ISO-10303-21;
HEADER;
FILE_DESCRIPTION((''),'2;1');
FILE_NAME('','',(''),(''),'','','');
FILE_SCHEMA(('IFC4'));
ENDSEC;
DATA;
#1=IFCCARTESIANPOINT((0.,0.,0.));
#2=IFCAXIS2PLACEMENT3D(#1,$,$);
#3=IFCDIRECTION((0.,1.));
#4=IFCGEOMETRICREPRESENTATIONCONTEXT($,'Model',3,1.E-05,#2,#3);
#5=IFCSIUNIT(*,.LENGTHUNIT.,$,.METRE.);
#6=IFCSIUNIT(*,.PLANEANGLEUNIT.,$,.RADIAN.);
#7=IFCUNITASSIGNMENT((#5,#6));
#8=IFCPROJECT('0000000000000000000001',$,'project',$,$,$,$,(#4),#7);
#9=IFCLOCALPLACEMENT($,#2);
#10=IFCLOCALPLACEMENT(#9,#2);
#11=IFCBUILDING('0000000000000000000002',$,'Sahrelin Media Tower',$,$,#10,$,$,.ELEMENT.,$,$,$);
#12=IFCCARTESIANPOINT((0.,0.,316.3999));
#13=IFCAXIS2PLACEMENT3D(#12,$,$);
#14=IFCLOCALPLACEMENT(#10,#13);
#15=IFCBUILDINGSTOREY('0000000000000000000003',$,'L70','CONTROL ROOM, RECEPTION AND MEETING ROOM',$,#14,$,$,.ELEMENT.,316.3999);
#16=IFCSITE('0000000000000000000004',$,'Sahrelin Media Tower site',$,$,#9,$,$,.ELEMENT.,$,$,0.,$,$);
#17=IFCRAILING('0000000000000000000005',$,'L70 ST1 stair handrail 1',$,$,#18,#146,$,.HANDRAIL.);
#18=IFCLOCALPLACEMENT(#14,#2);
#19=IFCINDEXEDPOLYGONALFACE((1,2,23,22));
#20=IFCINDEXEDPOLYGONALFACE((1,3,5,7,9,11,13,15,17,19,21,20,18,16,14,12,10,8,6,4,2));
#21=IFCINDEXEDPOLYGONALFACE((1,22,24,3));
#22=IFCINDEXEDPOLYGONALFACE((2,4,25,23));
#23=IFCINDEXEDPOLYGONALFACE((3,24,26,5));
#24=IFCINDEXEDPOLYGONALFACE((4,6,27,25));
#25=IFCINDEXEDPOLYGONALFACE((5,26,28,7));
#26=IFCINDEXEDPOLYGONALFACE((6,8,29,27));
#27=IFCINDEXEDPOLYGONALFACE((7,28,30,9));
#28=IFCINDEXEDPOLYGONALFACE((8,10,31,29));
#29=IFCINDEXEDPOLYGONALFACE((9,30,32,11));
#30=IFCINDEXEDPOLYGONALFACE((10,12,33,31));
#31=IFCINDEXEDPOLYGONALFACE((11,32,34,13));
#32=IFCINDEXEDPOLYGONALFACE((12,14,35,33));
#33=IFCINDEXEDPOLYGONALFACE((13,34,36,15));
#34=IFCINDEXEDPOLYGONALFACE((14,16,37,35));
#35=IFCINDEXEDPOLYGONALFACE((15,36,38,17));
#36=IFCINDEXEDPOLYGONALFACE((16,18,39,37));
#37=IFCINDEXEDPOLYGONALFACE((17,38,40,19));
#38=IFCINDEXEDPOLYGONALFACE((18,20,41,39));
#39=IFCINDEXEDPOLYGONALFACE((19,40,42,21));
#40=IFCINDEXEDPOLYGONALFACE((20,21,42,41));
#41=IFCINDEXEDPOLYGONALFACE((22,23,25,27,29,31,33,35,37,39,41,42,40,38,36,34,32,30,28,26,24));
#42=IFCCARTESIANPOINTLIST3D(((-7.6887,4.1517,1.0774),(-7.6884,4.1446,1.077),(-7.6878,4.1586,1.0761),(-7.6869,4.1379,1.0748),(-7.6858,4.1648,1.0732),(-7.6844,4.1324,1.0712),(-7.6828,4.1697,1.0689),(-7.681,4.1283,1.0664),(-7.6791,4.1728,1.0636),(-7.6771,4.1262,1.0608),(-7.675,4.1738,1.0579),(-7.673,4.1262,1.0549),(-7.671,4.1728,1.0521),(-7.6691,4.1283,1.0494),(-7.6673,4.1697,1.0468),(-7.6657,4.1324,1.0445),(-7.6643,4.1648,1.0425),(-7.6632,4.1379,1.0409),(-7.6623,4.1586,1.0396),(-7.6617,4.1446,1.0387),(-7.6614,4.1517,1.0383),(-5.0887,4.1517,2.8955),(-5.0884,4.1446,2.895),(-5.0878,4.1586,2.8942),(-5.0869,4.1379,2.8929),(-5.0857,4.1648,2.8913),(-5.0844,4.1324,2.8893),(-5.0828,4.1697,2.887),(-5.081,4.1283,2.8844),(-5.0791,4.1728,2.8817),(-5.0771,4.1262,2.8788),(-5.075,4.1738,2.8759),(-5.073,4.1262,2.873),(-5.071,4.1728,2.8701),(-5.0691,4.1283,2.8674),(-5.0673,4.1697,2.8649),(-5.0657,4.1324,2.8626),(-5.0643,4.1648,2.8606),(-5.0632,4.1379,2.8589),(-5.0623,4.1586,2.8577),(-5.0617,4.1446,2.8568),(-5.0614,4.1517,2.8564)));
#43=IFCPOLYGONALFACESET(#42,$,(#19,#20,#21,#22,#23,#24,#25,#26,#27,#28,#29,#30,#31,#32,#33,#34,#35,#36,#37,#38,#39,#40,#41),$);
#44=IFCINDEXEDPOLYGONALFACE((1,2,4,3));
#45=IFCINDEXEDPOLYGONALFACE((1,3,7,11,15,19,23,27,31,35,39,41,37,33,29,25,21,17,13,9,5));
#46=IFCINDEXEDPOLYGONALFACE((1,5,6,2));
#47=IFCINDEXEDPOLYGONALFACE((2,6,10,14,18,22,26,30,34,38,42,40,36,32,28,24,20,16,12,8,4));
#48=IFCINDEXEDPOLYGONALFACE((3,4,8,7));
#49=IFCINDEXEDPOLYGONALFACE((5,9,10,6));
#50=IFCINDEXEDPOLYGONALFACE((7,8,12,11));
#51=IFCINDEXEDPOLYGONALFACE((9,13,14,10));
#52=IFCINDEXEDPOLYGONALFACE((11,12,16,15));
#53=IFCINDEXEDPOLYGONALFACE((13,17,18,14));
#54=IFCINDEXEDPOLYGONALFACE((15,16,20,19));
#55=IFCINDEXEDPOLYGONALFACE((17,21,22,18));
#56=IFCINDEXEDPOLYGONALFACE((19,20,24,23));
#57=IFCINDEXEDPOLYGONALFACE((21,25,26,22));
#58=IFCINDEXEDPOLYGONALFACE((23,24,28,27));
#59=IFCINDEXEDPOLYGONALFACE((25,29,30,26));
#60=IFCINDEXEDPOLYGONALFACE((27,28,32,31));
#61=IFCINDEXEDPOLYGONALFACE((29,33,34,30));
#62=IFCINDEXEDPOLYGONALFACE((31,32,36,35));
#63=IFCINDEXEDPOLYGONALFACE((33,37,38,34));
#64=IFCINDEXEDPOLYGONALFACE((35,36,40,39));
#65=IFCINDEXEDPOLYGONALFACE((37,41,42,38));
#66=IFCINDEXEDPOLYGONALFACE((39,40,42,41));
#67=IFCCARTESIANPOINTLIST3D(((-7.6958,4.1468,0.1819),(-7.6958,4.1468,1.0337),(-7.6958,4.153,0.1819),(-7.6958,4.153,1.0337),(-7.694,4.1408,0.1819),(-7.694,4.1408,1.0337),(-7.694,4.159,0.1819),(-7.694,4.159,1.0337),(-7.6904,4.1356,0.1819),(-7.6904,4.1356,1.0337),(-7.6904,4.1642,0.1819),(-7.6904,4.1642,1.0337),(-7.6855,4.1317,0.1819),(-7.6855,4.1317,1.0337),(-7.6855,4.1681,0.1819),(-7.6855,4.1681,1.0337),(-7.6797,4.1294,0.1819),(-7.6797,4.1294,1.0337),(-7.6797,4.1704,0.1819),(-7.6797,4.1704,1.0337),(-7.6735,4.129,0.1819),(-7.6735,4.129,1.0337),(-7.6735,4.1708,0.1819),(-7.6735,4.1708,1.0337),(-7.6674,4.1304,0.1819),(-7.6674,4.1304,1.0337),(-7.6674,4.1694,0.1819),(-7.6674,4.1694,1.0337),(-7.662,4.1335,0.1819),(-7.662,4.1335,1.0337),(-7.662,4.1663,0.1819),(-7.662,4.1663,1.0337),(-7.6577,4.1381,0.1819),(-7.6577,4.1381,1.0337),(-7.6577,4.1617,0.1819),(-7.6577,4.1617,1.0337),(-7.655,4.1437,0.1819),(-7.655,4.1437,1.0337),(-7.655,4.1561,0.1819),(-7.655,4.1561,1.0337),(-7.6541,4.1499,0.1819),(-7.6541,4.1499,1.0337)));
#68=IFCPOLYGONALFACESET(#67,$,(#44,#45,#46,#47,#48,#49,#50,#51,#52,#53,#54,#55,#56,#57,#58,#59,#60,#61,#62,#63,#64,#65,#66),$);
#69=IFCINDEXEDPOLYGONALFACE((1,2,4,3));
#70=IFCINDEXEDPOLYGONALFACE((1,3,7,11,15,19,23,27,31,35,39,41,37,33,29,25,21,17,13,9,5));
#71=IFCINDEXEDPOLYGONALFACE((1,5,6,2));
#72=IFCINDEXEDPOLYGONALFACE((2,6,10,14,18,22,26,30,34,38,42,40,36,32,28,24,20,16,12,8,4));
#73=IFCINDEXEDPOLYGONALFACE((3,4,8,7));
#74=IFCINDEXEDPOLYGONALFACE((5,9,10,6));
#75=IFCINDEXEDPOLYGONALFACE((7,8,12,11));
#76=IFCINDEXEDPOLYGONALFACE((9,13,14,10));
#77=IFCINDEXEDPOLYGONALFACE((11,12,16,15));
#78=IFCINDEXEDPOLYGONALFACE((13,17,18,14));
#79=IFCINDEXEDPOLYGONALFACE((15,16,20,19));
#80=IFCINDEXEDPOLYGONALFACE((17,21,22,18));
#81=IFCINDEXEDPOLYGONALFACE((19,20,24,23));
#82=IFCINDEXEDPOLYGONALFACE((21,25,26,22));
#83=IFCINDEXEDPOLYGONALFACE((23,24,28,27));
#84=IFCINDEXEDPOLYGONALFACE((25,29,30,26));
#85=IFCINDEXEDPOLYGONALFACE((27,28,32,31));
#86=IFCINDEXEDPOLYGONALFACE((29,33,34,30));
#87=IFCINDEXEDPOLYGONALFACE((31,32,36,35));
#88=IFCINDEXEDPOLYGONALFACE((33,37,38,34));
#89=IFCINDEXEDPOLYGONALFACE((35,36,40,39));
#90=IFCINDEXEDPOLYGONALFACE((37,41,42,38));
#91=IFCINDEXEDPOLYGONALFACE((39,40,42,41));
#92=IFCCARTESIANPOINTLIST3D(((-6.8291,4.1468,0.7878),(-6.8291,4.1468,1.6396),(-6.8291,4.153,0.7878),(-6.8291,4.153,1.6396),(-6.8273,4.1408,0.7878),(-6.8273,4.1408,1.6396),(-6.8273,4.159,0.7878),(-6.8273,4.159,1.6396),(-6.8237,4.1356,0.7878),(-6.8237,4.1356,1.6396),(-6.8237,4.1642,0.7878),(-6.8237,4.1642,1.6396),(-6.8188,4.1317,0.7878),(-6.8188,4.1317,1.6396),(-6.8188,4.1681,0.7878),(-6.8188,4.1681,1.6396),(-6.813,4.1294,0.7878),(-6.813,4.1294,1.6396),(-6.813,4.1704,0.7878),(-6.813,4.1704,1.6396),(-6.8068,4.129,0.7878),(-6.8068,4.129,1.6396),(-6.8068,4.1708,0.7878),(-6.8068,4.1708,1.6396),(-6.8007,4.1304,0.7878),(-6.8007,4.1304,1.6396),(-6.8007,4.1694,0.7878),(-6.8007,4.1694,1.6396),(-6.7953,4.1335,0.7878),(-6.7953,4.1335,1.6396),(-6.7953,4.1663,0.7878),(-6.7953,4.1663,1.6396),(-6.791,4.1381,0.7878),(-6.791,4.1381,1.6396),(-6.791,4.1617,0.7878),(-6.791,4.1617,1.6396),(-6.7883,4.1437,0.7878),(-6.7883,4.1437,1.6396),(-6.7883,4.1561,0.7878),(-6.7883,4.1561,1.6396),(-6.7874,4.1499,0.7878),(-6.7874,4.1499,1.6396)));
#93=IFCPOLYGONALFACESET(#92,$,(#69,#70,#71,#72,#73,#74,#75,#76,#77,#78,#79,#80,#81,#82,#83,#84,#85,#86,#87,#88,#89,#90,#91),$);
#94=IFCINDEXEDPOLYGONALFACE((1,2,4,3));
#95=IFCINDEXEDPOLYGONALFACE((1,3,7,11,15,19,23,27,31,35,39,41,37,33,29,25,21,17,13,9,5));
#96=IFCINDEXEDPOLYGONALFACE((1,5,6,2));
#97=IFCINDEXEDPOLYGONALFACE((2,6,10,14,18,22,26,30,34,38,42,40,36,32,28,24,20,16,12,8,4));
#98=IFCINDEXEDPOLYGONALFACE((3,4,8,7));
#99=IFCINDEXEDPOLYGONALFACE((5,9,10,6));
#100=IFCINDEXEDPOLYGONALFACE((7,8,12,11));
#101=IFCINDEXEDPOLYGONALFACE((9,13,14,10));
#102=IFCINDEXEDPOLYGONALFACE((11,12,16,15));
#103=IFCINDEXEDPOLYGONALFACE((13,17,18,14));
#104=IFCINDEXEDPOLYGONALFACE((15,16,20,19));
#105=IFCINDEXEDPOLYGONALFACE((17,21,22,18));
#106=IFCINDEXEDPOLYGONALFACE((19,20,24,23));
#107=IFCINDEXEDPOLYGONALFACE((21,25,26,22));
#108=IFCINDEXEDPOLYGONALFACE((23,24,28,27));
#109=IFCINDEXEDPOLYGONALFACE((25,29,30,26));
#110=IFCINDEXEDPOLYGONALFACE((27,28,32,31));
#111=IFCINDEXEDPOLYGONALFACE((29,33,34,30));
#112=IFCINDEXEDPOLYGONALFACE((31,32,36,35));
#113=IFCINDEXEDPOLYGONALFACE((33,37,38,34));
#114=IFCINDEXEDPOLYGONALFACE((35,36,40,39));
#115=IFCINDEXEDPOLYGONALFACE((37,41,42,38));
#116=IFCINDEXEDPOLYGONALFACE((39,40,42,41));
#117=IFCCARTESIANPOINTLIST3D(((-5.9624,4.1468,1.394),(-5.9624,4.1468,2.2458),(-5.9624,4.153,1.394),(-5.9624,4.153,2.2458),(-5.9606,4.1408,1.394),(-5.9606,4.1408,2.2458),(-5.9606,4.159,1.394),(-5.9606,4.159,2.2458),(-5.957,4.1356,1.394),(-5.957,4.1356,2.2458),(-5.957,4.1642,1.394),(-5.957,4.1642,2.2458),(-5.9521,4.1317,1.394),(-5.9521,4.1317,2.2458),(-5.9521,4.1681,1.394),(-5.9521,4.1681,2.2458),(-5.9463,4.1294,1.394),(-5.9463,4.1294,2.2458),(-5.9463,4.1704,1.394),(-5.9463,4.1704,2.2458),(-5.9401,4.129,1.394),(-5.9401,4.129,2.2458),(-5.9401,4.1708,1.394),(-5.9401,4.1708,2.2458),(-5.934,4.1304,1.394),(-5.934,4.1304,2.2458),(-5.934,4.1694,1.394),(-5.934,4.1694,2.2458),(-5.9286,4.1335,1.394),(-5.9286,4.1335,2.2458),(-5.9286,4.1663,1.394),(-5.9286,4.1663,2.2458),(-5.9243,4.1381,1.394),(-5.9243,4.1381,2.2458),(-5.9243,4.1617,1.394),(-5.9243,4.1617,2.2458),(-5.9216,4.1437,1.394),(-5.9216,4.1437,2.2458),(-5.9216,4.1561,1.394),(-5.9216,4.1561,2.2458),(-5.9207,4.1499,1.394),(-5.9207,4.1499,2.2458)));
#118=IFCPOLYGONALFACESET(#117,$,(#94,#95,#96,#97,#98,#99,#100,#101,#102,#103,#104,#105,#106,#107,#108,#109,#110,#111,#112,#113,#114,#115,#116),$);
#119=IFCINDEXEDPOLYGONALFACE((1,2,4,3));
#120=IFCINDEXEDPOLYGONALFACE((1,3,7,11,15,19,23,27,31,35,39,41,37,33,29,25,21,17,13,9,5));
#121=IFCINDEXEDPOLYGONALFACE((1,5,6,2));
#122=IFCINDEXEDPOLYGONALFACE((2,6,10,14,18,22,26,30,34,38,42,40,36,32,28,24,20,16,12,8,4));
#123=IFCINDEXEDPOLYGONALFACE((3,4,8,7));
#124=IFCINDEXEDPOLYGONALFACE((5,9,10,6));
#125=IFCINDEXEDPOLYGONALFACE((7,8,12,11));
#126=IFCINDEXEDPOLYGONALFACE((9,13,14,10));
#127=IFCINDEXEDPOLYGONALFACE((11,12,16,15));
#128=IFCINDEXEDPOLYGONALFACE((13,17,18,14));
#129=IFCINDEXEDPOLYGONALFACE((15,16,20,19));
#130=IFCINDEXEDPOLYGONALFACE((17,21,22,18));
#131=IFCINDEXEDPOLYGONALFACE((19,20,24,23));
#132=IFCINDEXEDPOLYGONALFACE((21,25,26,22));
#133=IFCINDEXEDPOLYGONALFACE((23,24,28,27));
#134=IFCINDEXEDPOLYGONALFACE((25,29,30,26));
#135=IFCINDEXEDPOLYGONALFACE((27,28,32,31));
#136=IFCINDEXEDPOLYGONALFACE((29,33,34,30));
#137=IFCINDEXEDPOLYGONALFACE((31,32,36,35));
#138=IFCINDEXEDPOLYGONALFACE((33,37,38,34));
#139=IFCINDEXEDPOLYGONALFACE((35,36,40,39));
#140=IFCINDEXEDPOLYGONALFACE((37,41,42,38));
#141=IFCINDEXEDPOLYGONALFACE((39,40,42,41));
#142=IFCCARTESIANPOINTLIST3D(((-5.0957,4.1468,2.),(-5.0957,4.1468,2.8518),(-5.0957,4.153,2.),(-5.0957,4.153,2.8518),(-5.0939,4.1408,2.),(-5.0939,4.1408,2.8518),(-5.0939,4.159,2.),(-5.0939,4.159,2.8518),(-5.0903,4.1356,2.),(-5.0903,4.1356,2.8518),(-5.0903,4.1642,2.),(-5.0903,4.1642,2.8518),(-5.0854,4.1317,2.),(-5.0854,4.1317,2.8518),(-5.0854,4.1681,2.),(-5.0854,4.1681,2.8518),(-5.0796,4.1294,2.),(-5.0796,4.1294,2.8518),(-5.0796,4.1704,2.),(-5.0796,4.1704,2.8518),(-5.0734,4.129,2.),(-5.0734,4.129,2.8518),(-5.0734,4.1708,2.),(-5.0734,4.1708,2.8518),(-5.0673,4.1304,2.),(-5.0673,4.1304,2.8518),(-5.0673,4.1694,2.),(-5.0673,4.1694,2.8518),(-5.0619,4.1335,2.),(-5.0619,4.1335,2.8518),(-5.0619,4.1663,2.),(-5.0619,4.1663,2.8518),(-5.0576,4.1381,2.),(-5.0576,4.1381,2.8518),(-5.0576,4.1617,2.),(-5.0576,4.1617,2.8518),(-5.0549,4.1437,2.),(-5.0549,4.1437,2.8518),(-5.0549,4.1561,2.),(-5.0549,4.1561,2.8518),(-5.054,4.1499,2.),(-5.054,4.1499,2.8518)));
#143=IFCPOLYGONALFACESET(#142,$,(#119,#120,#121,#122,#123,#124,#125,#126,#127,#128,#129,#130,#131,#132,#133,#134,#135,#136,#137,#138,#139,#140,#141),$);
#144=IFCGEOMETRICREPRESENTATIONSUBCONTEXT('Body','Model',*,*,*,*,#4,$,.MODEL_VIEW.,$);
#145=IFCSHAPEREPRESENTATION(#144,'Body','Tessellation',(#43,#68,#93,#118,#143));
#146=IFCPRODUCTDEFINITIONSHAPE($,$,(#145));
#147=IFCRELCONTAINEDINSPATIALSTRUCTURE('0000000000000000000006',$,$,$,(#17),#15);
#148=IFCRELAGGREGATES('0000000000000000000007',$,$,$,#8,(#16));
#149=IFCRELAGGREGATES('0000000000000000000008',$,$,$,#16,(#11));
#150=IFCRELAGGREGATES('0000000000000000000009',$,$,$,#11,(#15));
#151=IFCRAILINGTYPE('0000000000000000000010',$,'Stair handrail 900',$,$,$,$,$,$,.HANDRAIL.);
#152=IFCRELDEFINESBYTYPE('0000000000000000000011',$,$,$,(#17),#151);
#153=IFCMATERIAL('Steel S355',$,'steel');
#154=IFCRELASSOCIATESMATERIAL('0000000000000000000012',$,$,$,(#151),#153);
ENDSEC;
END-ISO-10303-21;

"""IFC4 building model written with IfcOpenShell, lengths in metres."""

from ifc_helpers import new_model, si_unit, direction, frame, origin, origin_2d, place, context, subcontext, project, spatial, circle, extrude, material, type_object, element, save


model = new_model("IFC4")

# Units and contexts
model_context = context("Model", 3, precision=1e-05, world=origin(), true_north=direction((0.0, 1.0)))
body_context = subcontext(model_context, "Body", "Model", "MODEL_VIEW")
ifc_project = project(units=[si_unit("LENGTHUNIT", "METRE"), si_unit("PLANEANGLEUNIT", "RADIAN")], contexts=[model_context])

# Site, building, storey
site_placement = place(None, origin())
site = spatial("IfcSite", under=ifc_project, at=site_placement, Name="Sahrelin Media Tower site", CompositionType="ELEMENT", RefElevation=0.0)
building_placement = place(site_placement, origin())
building = spatial("IfcBuilding", under=site, at=building_placement, Name="Sahrelin Media Tower", CompositionType="ELEMENT")
storey_placement = place(building_placement, frame((0.0, 0.0, 316.3999)))
storey = spatial("IfcBuildingStorey", under=building, at=storey_placement, Name="L70", Description="CONTROL ROOM, RECEPTION AND MEETING ROOM", CompositionType="ELEMENT", Elevation=316.3999)

# Shared definitions
ifc_material_1 = material(Name="Steel S355", Category="steel")

# Railing
railing_type_1 = type_object("IfcRailingType", Name="Stair handrail 900", PredefinedType="HANDRAIL", material=ifc_material_1)
railing_1_placement = place(storey_placement, frame((-7.675, 4.1499, 0.1819)))
element("IfcRailing", 1, at=railing_1_placement, inside=storey, type_object=railing_type_1, Name="L70 ST1 stair handrail 1", PredefinedType="HANDRAIL", context=body_context, shape_type="SweptSolid", body=[
    extrude(circle(Radius=0.0239, at=origin_2d()), frame((0.0, 0.0, 0.876), z_axis=(0.819521, 0.0, 0.573049), x_axis=(0.0, 1.0, 0.0)), (0.0, 0.0, 1.0), 3.1726),
    extrude(circle(Radius=0.021, at=origin_2d()), origin(), (0.0, 0.0, 1.0), 0.8518),
    extrude(circle(Radius=0.021, at=origin_2d()), frame((0.8667, 0.0, 0.606)), (0.0, 0.0, 1.0), 0.8518),
    extrude(circle(Radius=0.021, at=origin_2d()), frame((1.7334, 0.0, 1.2122)), (0.0, 0.0, 1.0), 0.8518),
    extrude(circle(Radius=0.021, at=origin_2d()), frame((2.6001, 0.0, 1.8181)), (0.0, 0.0, 1.0), 0.8518),
])

save(model, "model.ifc")
